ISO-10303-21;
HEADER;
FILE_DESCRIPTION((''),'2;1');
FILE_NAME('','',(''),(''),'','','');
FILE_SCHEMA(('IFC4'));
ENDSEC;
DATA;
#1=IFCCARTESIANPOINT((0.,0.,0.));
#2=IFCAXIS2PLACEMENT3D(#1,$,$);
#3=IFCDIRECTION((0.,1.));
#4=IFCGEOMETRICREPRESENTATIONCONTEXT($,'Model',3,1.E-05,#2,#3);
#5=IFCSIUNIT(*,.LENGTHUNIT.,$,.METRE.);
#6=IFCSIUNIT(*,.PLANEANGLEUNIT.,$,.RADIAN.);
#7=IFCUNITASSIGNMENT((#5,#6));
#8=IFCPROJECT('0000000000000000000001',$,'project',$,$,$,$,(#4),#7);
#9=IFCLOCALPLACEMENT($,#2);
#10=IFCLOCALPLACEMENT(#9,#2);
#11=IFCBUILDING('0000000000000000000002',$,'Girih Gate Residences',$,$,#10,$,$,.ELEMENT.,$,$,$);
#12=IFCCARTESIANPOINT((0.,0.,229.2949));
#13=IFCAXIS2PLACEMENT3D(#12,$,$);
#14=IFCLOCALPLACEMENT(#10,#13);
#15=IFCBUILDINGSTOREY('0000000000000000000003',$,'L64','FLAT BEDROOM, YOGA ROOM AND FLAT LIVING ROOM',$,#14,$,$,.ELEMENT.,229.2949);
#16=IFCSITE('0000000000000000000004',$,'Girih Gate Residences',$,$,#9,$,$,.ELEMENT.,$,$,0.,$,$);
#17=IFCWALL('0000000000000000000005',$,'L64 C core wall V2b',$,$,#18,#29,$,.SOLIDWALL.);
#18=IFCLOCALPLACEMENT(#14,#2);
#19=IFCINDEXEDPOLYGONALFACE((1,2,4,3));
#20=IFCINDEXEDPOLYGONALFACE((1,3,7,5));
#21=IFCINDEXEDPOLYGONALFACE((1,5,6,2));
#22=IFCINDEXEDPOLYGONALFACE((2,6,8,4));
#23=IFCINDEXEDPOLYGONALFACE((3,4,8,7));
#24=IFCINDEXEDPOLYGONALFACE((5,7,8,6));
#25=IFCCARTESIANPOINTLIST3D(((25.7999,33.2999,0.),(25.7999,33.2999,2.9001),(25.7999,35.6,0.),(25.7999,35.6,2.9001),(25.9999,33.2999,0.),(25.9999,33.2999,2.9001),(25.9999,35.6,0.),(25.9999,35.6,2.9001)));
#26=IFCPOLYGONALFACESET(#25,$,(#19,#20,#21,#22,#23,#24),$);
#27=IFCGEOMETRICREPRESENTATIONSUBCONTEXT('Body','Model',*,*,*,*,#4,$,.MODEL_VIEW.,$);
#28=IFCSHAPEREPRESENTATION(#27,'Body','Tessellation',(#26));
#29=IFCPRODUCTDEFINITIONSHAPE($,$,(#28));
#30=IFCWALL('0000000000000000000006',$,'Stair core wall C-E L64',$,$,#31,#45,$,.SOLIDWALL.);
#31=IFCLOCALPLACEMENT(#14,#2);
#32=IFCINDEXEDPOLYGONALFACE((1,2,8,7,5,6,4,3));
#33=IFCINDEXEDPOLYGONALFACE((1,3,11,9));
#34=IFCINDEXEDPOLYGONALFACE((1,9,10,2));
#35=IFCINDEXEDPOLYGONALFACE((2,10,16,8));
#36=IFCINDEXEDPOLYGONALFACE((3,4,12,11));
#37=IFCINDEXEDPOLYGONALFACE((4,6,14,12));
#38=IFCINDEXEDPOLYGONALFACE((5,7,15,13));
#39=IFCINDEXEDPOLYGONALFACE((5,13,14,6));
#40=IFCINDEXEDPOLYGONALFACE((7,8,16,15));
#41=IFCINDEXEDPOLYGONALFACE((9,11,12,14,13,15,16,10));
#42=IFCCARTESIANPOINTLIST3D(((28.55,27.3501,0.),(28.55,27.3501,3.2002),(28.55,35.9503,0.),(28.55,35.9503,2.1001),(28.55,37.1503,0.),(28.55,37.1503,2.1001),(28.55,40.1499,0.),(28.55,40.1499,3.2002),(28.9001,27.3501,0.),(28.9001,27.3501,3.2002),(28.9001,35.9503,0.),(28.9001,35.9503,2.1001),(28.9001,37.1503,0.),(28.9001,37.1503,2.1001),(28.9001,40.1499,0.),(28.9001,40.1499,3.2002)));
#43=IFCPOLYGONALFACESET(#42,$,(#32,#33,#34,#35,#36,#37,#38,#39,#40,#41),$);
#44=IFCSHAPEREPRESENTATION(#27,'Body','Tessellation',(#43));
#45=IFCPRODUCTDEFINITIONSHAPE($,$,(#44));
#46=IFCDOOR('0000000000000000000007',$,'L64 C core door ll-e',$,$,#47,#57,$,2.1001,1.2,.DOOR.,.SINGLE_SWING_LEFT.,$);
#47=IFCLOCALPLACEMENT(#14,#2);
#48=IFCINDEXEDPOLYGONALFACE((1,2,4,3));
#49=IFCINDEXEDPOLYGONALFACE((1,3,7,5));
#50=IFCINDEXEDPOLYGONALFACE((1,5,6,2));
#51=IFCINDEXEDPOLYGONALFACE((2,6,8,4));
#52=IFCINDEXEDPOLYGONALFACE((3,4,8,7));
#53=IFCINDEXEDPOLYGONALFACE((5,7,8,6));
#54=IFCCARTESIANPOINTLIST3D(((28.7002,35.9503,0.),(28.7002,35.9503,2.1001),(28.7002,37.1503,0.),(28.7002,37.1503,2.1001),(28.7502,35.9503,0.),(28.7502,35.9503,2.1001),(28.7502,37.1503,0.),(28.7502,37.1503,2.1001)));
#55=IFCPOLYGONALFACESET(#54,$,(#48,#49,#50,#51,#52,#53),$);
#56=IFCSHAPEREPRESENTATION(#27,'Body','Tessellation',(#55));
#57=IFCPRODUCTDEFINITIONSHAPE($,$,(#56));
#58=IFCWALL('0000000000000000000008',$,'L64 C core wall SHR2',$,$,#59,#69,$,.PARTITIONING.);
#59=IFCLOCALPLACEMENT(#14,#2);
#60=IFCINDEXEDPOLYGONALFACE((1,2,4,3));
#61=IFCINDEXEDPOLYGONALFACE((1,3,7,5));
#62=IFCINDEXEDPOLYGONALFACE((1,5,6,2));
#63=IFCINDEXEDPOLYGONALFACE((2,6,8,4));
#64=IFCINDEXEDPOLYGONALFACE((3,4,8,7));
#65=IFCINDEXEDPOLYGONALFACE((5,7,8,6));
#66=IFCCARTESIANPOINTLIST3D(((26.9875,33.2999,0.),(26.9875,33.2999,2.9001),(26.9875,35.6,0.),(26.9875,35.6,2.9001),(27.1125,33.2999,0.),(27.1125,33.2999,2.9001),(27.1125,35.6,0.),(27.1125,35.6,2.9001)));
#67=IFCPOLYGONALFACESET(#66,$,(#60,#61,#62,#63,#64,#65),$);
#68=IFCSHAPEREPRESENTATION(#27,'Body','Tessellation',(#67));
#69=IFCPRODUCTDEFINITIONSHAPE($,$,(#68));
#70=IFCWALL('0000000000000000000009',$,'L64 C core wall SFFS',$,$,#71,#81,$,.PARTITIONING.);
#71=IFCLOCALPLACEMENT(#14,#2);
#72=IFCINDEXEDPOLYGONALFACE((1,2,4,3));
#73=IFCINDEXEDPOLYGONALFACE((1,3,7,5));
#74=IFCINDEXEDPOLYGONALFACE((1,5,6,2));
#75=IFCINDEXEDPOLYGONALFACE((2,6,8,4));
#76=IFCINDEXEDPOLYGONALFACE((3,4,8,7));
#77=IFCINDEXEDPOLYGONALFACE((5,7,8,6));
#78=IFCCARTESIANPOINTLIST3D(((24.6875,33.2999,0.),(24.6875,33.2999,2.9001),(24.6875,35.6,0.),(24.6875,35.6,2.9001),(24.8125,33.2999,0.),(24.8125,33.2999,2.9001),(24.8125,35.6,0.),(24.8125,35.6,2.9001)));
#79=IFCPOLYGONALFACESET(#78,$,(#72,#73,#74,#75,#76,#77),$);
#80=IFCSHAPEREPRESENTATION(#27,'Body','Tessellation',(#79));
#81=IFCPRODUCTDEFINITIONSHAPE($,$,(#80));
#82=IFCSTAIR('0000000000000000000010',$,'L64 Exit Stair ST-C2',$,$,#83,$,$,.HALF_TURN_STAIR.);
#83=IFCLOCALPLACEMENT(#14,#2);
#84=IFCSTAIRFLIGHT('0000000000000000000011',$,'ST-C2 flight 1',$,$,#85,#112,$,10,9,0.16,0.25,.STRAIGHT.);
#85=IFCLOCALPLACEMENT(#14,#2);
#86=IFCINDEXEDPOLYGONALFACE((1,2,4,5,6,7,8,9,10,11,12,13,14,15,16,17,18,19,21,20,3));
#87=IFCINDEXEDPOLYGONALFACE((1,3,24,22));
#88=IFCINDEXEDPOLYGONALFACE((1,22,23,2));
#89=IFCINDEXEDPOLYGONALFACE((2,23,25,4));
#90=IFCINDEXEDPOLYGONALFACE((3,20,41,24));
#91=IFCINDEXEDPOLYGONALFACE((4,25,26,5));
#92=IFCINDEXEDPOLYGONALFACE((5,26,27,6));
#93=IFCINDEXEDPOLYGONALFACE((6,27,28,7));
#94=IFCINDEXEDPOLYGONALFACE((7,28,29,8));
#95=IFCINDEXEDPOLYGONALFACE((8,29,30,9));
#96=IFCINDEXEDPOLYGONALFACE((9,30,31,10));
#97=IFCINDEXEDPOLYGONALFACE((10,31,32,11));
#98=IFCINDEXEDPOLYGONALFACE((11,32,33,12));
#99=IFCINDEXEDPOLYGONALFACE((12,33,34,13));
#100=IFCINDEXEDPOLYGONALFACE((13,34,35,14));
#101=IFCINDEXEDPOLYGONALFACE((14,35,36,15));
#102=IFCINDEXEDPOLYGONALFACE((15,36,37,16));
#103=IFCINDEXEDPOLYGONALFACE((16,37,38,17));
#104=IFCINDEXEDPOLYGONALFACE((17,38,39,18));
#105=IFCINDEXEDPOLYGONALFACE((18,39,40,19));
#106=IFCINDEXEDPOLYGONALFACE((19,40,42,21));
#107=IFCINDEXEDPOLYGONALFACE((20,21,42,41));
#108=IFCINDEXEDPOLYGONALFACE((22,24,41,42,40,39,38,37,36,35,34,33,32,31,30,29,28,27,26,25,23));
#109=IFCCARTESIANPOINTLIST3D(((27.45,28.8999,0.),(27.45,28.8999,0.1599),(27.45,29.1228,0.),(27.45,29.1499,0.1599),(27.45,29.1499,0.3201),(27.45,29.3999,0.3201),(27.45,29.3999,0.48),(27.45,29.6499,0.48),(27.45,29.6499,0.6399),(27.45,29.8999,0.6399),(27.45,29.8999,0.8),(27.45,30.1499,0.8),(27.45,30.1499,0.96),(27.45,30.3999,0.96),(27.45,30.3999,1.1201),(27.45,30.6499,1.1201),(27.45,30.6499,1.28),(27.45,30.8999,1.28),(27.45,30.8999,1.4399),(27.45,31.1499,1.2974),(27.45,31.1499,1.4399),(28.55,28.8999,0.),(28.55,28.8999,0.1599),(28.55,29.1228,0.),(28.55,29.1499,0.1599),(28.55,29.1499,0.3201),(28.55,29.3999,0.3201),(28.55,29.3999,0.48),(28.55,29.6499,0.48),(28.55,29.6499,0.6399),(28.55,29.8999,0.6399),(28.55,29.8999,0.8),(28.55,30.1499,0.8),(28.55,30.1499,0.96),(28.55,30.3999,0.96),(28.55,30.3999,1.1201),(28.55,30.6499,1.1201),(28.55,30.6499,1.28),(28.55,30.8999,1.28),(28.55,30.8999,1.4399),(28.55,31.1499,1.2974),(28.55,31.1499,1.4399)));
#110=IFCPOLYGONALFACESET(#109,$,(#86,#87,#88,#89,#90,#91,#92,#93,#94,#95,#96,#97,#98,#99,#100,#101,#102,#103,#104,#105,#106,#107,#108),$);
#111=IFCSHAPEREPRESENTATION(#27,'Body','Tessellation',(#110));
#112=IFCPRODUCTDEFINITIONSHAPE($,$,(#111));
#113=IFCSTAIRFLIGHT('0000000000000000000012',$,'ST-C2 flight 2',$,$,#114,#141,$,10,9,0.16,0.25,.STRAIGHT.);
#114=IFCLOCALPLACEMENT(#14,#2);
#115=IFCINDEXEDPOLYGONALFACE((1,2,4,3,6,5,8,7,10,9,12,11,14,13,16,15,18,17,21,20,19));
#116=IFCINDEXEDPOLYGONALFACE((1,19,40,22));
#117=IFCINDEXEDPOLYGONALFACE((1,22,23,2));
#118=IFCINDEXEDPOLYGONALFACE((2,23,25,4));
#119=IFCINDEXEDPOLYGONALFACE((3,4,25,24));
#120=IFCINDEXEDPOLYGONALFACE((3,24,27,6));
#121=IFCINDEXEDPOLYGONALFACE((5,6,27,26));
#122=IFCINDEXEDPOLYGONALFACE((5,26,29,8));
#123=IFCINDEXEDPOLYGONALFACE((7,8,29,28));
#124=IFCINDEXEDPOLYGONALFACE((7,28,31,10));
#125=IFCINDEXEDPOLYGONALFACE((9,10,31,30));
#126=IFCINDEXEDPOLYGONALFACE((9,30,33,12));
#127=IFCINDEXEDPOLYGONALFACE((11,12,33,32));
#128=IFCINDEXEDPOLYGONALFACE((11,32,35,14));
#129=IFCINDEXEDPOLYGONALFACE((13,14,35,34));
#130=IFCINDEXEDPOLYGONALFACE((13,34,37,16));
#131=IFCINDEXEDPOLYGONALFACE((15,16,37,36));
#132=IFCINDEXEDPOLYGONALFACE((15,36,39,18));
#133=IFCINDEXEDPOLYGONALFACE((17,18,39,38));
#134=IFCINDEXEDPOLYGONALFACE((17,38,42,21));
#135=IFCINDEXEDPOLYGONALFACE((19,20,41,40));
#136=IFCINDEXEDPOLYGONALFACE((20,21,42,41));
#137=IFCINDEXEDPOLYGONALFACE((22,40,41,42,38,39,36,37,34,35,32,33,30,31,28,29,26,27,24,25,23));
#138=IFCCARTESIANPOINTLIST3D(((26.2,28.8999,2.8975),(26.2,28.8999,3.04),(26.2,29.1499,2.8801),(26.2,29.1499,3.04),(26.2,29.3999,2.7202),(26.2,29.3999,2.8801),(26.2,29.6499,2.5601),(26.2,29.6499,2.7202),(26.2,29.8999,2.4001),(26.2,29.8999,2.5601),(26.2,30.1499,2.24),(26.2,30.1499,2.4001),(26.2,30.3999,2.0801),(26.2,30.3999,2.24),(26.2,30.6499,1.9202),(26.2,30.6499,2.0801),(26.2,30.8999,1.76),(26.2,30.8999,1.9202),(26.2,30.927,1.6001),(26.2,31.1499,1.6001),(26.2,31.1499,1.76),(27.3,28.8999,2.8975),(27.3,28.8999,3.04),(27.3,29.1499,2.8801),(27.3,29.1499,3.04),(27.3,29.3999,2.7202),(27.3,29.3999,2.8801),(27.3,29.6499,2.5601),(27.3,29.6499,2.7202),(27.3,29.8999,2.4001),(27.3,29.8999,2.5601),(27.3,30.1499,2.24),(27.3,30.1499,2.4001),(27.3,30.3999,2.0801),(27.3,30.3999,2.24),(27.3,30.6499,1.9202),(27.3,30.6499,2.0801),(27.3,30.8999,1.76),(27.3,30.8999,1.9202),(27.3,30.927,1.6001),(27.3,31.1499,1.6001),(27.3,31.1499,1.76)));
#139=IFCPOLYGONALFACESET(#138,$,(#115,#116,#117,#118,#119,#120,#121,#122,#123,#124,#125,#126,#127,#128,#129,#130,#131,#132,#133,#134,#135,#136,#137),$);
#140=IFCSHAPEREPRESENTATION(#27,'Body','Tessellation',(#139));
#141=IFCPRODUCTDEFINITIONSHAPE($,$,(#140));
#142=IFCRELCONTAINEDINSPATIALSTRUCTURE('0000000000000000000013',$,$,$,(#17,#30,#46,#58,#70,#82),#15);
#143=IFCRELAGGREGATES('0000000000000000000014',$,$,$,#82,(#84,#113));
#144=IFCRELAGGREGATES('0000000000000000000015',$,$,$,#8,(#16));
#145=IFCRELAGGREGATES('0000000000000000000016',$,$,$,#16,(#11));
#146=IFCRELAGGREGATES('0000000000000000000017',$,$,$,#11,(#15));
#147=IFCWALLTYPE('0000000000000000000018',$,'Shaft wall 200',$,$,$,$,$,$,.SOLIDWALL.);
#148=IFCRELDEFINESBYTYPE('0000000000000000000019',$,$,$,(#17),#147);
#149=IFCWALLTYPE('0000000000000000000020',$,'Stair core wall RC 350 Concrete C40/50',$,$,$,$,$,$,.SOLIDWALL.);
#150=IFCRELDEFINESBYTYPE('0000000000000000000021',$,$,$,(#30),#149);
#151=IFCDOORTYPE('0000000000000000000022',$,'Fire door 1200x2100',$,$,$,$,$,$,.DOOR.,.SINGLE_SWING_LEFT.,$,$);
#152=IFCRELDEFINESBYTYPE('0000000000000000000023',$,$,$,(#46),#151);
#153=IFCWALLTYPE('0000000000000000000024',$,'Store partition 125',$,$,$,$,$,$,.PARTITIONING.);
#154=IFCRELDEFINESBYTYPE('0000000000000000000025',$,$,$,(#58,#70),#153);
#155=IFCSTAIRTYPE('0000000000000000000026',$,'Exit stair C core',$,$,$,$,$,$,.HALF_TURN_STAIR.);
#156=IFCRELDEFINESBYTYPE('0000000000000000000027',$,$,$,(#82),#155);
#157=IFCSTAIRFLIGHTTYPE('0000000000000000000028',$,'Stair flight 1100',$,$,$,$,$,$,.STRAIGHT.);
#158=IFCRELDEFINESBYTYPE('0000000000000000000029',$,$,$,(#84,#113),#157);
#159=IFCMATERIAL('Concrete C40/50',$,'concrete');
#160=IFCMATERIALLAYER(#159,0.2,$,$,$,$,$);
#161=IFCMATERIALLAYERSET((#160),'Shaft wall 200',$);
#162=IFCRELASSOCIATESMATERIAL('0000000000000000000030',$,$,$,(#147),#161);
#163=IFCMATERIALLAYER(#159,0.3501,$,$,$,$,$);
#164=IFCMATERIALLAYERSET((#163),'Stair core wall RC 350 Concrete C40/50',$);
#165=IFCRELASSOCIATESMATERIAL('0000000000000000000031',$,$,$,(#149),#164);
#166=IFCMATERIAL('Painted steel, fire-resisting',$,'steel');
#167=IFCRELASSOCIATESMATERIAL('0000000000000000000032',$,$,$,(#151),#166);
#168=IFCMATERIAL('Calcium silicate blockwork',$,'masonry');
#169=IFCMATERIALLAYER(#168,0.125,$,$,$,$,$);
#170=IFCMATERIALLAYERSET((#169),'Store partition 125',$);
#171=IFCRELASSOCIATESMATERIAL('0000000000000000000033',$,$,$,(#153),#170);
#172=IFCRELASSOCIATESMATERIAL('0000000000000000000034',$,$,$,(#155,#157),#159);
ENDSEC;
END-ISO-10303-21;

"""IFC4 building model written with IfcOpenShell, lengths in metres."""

from ifc_helpers import new_model, si_unit, direction, frame, frame_2d, origin, place, context, subcontext, project, spatial, polyline, rectangle, outline, extrude, material, layer, layer_set, type_object, element, fill, aggregate, save


model = new_model("IFC4")

# Units and contexts
model_context = context("Model", 3, precision=1e-05, world=origin(), true_north=direction((0.0, 1.0)))
body_context = subcontext(model_context, "Body", "Model", "MODEL_VIEW")
ifc_project = project(units=[si_unit("LENGTHUNIT", "METRE"), si_unit("PLANEANGLEUNIT", "RADIAN")], contexts=[model_context])

# Site, building, storey
site_placement = place(None, origin())
site = spatial("IfcSite", under=ifc_project, at=site_placement, Name="Girih Gate Residences", CompositionType="ELEMENT", RefElevation=0.0)
building_placement = place(site_placement, origin())
building = spatial("IfcBuilding", under=site, at=building_placement, Name="Girih Gate Residences", CompositionType="ELEMENT")
storey_placement = place(building_placement, frame((0.0, 0.0, 229.2949)))
storey = spatial("IfcBuildingStorey", under=building, at=storey_placement, Name="L64", Description="FLAT BEDROOM, YOGA ROOM AND FLAT LIVING ROOM", CompositionType="ELEMENT", Elevation=229.2949)

# Shared definitions
ifc_material_1 = material(Name="Concrete C40/50", Category="concrete")
ifc_layer_1 = layer(ifc_material_1, 0.2)
ifc_layer_set_1 = layer_set([ifc_layer_1], Name="Shaft wall 200")
wall_type_1 = type_object("IfcWallType", Name="Shaft wall 200", PredefinedType="SOLIDWALL", material=ifc_layer_set_1)
ifc_material_2 = material(Name="Painted steel, fire-resisting", Category="steel")

# Wall
for number, where, z_axis, x_axis, name in (
    (1, (25.8999, 33.3, 0.0), (0.0, 0.0, 1.0), (0.0, 1.0, 0.0), "L64 C core wall V2b"),
):
    element("IfcWall", number, at=place(storey_placement, frame(where, z_axis=z_axis, x_axis=x_axis)), inside=storey, type_object=wall_type_1, Name=name, PredefinedType="SOLIDWALL", context=body_context, shape_type="SweptSolid", body=[
        extrude(rectangle(XDim=2.3, YDim=0.2, at=frame_2d((1.1499, 0.0))), origin(), (0.0, 0.0, 1.0), 2.9001),
    ])

# Wall, opening, door
ifc_layer_2 = layer(ifc_material_1, 0.3501)
ifc_layer_set_2 = layer_set([ifc_layer_2], Name="Stair core wall RC 350 Concrete C40/50")
wall_type_2 = type_object("IfcWallType", Name="Stair core wall RC 350 Concrete C40/50", PredefinedType="SOLIDWALL", material=ifc_layer_set_2)
wall_1_placement = place(storey_placement, frame((28.7251, 27.3501, 0.0), z_axis=(0.0, 0.0, 1.0), x_axis=(0.0, 1.0, 0.0)))
wall_1 = element("IfcWall", 2, at=wall_1_placement, inside=storey, type_object=wall_type_2, Name="Stair core wall C-E L64", PredefinedType="SOLIDWALL", context=body_context, shape_type="SweptSolid", body=[
    extrude(rectangle(XDim=12.7998, YDim=0.3501, at=frame_2d((6.3999, 0.0))), origin(), (0.0, 0.0, 1.0), 3.2002),
])
opening_1_placement = place(wall_1_placement, frame((8.6001, 0.0, 0.0)))
opening_1 = element("IfcOpeningElement", 3, at=opening_1_placement, cuts=wall_1, PredefinedType="OPENING", context=body_context, shape_type="SweptSolid", body=[
    extrude(rectangle(XDim=1.2, YDim=2.1001, at=frame_2d((0.6001, 1.05))), frame((0.0, 0.1851, 0.0), z_axis=(0.0, -1.0, 0.0), x_axis=(1.0, 0.0, 0.0)), (0.0, 0.0, 1.0), 0.3701),
])
door_type_1 = type_object("IfcDoorType", Name="Fire door 1200x2100", OperationType="SINGLE_SWING_LEFT", PredefinedType="DOOR", material=ifc_material_2)
door_1_placement = place(opening_1_placement, origin())
door_1 = element("IfcDoor", 4, at=door_1_placement, inside=storey, type_object=door_type_1, Name="L64 C core door ll-e", OperationType="SINGLE_SWING_LEFT", OverallHeight=2.1001, OverallWidth=1.2, PredefinedType="DOOR", context=body_context, shape_type="SweptSolid", body=[
    extrude(rectangle(XDim=1.2, YDim=2.1001, at=frame_2d((0.6001, 1.05))), frame((0.0, 0.0249, 0.0), z_axis=(0.0, -1.0, 0.0), x_axis=(1.0, 0.0, 0.0)), (0.0, 0.0, 1.0), 0.05),
])
fill(opening_1, door_1)

# Walls
ifc_material_3 = material(Name="Calcium silicate blockwork", Category="masonry")
ifc_layer_3 = layer(ifc_material_3, 0.125)
ifc_layer_set_3 = layer_set([ifc_layer_3], Name="Store partition 125")
wall_type_3 = type_object("IfcWallType", Name="Store partition 125", PredefinedType="PARTITIONING", material=ifc_layer_set_3)
for number, where, z_axis, x_axis, name in (
    (5, (27.05, 33.3, 0.0), (0.0, 0.0, 1.0), (0.0, 1.0, 0.0), "L64 C core wall SHR2"),
    (6, (24.75, 33.3, 0.0), (0.0, 0.0, 1.0), (0.0, 1.0, 0.0), "L64 C core wall SFFS"),
):
    element("IfcWall", number, at=place(storey_placement, frame(where, z_axis=z_axis, x_axis=x_axis)), inside=storey, type_object=wall_type_3, Name=name, PredefinedType="PARTITIONING", context=body_context, shape_type="SweptSolid", body=[
        extrude(rectangle(XDim=2.3, YDim=0.125, at=frame_2d((1.1499, 0.0))), origin(), (0.0, 0.0, 1.0), 2.9001),
    ])

# Stair, stair flights
stair_type = type_object("IfcStairType", Name="Exit stair C core", PredefinedType="HALF_TURN_STAIR", material=ifc_material_1)
stair_placement = place(storey_placement, origin())
stair = element("IfcStair", 7, at=stair_placement, inside=storey, type_object=stair_type, Name="L64 Exit Stair ST-C2", PredefinedType="HALF_TURN_STAIR")
stair_flight_type = type_object("IfcStairFlightType", Name="Stair flight 1100", PredefinedType="STRAIGHT", material=ifc_material_1)
stair_flight_1_placement = place(storey_placement, frame((28.0, 28.8999, 0.0), z_axis=(0.0, 0.0, 1.0), x_axis=(0.0, 1.0, 0.0)))
stair_flight_1 = element("IfcStairFlight", 8, at=stair_flight_1_placement, type_object=stair_flight_type, Name="ST-C2 flight 1", NumberOfRisers=10, NumberOfTreads=9, PredefinedType="STRAIGHT", RiserHeight=0.16, TreadLength=0.25, context=body_context, shape_type="SweptSolid", body=[
    extrude(outline(polyline([(0.0, 0.0), (0.0, 0.1599), (0.25, 0.1599), (0.25, 0.3201), (0.5, 0.3201), (0.5, 0.48), (0.75, 0.48), (0.75, 0.6399), (1.0, 0.6399), (1.0, 0.8), (1.25, 0.8), (1.25, 0.96), (1.5, 0.96), (1.5, 1.1201), (1.75, 1.1201), (1.75, 1.28), (2.0, 1.28), (2.0, 1.4399), (2.25, 1.4399), (2.25, 1.6001), (2.25, 1.2974), (0.2229, 0.0), (0.0, 0.0)])), frame((0.0, 0.55, 0.0), z_axis=(0.0, -1.0, 0.0), x_axis=(1.0, 0.0, 0.0)), (0.0, 0.0, 1.0), 1.1001),
])
stair_flight_2_placement = place(storey_placement, frame((26.75, 31.1499, 1.6001), z_axis=(0.0, 0.0, 1.0), x_axis=(0.0, -1.0, 0.0)))
stair_flight_2 = element("IfcStairFlight", 9, at=stair_flight_2_placement, type_object=stair_flight_type, Name="ST-C2 flight 2", NumberOfRisers=10, NumberOfTreads=9, PredefinedType="STRAIGHT", RiserHeight=0.16, TreadLength=0.25, context=body_context, shape_type="SweptSolid", body=[
    extrude(outline(polyline([(0.0, 0.0), (0.0, 0.1599), (0.25, 0.1599), (0.25, 0.3201), (0.5, 0.3201), (0.5, 0.48), (0.75, 0.48), (0.75, 0.6399), (1.0, 0.6399), (1.0, 0.8), (1.25, 0.8), (1.25, 0.96), (1.5, 0.96), (1.5, 1.1201), (1.75, 1.1201), (1.75, 1.28), (2.0, 1.28), (2.0, 1.4399), (2.25, 1.4399), (2.25, 1.6001), (2.25, 1.2974), (0.2229, 0.0), (0.0, 0.0)])), frame((0.0, 0.55, 0.0), z_axis=(0.0, -1.0, 0.0), x_axis=(1.0, 0.0, 0.0)), (0.0, 0.0, 1.0), 1.1001),
])
aggregate(stair, [stair_flight_1, stair_flight_2])

save(model, "model.ifc")
